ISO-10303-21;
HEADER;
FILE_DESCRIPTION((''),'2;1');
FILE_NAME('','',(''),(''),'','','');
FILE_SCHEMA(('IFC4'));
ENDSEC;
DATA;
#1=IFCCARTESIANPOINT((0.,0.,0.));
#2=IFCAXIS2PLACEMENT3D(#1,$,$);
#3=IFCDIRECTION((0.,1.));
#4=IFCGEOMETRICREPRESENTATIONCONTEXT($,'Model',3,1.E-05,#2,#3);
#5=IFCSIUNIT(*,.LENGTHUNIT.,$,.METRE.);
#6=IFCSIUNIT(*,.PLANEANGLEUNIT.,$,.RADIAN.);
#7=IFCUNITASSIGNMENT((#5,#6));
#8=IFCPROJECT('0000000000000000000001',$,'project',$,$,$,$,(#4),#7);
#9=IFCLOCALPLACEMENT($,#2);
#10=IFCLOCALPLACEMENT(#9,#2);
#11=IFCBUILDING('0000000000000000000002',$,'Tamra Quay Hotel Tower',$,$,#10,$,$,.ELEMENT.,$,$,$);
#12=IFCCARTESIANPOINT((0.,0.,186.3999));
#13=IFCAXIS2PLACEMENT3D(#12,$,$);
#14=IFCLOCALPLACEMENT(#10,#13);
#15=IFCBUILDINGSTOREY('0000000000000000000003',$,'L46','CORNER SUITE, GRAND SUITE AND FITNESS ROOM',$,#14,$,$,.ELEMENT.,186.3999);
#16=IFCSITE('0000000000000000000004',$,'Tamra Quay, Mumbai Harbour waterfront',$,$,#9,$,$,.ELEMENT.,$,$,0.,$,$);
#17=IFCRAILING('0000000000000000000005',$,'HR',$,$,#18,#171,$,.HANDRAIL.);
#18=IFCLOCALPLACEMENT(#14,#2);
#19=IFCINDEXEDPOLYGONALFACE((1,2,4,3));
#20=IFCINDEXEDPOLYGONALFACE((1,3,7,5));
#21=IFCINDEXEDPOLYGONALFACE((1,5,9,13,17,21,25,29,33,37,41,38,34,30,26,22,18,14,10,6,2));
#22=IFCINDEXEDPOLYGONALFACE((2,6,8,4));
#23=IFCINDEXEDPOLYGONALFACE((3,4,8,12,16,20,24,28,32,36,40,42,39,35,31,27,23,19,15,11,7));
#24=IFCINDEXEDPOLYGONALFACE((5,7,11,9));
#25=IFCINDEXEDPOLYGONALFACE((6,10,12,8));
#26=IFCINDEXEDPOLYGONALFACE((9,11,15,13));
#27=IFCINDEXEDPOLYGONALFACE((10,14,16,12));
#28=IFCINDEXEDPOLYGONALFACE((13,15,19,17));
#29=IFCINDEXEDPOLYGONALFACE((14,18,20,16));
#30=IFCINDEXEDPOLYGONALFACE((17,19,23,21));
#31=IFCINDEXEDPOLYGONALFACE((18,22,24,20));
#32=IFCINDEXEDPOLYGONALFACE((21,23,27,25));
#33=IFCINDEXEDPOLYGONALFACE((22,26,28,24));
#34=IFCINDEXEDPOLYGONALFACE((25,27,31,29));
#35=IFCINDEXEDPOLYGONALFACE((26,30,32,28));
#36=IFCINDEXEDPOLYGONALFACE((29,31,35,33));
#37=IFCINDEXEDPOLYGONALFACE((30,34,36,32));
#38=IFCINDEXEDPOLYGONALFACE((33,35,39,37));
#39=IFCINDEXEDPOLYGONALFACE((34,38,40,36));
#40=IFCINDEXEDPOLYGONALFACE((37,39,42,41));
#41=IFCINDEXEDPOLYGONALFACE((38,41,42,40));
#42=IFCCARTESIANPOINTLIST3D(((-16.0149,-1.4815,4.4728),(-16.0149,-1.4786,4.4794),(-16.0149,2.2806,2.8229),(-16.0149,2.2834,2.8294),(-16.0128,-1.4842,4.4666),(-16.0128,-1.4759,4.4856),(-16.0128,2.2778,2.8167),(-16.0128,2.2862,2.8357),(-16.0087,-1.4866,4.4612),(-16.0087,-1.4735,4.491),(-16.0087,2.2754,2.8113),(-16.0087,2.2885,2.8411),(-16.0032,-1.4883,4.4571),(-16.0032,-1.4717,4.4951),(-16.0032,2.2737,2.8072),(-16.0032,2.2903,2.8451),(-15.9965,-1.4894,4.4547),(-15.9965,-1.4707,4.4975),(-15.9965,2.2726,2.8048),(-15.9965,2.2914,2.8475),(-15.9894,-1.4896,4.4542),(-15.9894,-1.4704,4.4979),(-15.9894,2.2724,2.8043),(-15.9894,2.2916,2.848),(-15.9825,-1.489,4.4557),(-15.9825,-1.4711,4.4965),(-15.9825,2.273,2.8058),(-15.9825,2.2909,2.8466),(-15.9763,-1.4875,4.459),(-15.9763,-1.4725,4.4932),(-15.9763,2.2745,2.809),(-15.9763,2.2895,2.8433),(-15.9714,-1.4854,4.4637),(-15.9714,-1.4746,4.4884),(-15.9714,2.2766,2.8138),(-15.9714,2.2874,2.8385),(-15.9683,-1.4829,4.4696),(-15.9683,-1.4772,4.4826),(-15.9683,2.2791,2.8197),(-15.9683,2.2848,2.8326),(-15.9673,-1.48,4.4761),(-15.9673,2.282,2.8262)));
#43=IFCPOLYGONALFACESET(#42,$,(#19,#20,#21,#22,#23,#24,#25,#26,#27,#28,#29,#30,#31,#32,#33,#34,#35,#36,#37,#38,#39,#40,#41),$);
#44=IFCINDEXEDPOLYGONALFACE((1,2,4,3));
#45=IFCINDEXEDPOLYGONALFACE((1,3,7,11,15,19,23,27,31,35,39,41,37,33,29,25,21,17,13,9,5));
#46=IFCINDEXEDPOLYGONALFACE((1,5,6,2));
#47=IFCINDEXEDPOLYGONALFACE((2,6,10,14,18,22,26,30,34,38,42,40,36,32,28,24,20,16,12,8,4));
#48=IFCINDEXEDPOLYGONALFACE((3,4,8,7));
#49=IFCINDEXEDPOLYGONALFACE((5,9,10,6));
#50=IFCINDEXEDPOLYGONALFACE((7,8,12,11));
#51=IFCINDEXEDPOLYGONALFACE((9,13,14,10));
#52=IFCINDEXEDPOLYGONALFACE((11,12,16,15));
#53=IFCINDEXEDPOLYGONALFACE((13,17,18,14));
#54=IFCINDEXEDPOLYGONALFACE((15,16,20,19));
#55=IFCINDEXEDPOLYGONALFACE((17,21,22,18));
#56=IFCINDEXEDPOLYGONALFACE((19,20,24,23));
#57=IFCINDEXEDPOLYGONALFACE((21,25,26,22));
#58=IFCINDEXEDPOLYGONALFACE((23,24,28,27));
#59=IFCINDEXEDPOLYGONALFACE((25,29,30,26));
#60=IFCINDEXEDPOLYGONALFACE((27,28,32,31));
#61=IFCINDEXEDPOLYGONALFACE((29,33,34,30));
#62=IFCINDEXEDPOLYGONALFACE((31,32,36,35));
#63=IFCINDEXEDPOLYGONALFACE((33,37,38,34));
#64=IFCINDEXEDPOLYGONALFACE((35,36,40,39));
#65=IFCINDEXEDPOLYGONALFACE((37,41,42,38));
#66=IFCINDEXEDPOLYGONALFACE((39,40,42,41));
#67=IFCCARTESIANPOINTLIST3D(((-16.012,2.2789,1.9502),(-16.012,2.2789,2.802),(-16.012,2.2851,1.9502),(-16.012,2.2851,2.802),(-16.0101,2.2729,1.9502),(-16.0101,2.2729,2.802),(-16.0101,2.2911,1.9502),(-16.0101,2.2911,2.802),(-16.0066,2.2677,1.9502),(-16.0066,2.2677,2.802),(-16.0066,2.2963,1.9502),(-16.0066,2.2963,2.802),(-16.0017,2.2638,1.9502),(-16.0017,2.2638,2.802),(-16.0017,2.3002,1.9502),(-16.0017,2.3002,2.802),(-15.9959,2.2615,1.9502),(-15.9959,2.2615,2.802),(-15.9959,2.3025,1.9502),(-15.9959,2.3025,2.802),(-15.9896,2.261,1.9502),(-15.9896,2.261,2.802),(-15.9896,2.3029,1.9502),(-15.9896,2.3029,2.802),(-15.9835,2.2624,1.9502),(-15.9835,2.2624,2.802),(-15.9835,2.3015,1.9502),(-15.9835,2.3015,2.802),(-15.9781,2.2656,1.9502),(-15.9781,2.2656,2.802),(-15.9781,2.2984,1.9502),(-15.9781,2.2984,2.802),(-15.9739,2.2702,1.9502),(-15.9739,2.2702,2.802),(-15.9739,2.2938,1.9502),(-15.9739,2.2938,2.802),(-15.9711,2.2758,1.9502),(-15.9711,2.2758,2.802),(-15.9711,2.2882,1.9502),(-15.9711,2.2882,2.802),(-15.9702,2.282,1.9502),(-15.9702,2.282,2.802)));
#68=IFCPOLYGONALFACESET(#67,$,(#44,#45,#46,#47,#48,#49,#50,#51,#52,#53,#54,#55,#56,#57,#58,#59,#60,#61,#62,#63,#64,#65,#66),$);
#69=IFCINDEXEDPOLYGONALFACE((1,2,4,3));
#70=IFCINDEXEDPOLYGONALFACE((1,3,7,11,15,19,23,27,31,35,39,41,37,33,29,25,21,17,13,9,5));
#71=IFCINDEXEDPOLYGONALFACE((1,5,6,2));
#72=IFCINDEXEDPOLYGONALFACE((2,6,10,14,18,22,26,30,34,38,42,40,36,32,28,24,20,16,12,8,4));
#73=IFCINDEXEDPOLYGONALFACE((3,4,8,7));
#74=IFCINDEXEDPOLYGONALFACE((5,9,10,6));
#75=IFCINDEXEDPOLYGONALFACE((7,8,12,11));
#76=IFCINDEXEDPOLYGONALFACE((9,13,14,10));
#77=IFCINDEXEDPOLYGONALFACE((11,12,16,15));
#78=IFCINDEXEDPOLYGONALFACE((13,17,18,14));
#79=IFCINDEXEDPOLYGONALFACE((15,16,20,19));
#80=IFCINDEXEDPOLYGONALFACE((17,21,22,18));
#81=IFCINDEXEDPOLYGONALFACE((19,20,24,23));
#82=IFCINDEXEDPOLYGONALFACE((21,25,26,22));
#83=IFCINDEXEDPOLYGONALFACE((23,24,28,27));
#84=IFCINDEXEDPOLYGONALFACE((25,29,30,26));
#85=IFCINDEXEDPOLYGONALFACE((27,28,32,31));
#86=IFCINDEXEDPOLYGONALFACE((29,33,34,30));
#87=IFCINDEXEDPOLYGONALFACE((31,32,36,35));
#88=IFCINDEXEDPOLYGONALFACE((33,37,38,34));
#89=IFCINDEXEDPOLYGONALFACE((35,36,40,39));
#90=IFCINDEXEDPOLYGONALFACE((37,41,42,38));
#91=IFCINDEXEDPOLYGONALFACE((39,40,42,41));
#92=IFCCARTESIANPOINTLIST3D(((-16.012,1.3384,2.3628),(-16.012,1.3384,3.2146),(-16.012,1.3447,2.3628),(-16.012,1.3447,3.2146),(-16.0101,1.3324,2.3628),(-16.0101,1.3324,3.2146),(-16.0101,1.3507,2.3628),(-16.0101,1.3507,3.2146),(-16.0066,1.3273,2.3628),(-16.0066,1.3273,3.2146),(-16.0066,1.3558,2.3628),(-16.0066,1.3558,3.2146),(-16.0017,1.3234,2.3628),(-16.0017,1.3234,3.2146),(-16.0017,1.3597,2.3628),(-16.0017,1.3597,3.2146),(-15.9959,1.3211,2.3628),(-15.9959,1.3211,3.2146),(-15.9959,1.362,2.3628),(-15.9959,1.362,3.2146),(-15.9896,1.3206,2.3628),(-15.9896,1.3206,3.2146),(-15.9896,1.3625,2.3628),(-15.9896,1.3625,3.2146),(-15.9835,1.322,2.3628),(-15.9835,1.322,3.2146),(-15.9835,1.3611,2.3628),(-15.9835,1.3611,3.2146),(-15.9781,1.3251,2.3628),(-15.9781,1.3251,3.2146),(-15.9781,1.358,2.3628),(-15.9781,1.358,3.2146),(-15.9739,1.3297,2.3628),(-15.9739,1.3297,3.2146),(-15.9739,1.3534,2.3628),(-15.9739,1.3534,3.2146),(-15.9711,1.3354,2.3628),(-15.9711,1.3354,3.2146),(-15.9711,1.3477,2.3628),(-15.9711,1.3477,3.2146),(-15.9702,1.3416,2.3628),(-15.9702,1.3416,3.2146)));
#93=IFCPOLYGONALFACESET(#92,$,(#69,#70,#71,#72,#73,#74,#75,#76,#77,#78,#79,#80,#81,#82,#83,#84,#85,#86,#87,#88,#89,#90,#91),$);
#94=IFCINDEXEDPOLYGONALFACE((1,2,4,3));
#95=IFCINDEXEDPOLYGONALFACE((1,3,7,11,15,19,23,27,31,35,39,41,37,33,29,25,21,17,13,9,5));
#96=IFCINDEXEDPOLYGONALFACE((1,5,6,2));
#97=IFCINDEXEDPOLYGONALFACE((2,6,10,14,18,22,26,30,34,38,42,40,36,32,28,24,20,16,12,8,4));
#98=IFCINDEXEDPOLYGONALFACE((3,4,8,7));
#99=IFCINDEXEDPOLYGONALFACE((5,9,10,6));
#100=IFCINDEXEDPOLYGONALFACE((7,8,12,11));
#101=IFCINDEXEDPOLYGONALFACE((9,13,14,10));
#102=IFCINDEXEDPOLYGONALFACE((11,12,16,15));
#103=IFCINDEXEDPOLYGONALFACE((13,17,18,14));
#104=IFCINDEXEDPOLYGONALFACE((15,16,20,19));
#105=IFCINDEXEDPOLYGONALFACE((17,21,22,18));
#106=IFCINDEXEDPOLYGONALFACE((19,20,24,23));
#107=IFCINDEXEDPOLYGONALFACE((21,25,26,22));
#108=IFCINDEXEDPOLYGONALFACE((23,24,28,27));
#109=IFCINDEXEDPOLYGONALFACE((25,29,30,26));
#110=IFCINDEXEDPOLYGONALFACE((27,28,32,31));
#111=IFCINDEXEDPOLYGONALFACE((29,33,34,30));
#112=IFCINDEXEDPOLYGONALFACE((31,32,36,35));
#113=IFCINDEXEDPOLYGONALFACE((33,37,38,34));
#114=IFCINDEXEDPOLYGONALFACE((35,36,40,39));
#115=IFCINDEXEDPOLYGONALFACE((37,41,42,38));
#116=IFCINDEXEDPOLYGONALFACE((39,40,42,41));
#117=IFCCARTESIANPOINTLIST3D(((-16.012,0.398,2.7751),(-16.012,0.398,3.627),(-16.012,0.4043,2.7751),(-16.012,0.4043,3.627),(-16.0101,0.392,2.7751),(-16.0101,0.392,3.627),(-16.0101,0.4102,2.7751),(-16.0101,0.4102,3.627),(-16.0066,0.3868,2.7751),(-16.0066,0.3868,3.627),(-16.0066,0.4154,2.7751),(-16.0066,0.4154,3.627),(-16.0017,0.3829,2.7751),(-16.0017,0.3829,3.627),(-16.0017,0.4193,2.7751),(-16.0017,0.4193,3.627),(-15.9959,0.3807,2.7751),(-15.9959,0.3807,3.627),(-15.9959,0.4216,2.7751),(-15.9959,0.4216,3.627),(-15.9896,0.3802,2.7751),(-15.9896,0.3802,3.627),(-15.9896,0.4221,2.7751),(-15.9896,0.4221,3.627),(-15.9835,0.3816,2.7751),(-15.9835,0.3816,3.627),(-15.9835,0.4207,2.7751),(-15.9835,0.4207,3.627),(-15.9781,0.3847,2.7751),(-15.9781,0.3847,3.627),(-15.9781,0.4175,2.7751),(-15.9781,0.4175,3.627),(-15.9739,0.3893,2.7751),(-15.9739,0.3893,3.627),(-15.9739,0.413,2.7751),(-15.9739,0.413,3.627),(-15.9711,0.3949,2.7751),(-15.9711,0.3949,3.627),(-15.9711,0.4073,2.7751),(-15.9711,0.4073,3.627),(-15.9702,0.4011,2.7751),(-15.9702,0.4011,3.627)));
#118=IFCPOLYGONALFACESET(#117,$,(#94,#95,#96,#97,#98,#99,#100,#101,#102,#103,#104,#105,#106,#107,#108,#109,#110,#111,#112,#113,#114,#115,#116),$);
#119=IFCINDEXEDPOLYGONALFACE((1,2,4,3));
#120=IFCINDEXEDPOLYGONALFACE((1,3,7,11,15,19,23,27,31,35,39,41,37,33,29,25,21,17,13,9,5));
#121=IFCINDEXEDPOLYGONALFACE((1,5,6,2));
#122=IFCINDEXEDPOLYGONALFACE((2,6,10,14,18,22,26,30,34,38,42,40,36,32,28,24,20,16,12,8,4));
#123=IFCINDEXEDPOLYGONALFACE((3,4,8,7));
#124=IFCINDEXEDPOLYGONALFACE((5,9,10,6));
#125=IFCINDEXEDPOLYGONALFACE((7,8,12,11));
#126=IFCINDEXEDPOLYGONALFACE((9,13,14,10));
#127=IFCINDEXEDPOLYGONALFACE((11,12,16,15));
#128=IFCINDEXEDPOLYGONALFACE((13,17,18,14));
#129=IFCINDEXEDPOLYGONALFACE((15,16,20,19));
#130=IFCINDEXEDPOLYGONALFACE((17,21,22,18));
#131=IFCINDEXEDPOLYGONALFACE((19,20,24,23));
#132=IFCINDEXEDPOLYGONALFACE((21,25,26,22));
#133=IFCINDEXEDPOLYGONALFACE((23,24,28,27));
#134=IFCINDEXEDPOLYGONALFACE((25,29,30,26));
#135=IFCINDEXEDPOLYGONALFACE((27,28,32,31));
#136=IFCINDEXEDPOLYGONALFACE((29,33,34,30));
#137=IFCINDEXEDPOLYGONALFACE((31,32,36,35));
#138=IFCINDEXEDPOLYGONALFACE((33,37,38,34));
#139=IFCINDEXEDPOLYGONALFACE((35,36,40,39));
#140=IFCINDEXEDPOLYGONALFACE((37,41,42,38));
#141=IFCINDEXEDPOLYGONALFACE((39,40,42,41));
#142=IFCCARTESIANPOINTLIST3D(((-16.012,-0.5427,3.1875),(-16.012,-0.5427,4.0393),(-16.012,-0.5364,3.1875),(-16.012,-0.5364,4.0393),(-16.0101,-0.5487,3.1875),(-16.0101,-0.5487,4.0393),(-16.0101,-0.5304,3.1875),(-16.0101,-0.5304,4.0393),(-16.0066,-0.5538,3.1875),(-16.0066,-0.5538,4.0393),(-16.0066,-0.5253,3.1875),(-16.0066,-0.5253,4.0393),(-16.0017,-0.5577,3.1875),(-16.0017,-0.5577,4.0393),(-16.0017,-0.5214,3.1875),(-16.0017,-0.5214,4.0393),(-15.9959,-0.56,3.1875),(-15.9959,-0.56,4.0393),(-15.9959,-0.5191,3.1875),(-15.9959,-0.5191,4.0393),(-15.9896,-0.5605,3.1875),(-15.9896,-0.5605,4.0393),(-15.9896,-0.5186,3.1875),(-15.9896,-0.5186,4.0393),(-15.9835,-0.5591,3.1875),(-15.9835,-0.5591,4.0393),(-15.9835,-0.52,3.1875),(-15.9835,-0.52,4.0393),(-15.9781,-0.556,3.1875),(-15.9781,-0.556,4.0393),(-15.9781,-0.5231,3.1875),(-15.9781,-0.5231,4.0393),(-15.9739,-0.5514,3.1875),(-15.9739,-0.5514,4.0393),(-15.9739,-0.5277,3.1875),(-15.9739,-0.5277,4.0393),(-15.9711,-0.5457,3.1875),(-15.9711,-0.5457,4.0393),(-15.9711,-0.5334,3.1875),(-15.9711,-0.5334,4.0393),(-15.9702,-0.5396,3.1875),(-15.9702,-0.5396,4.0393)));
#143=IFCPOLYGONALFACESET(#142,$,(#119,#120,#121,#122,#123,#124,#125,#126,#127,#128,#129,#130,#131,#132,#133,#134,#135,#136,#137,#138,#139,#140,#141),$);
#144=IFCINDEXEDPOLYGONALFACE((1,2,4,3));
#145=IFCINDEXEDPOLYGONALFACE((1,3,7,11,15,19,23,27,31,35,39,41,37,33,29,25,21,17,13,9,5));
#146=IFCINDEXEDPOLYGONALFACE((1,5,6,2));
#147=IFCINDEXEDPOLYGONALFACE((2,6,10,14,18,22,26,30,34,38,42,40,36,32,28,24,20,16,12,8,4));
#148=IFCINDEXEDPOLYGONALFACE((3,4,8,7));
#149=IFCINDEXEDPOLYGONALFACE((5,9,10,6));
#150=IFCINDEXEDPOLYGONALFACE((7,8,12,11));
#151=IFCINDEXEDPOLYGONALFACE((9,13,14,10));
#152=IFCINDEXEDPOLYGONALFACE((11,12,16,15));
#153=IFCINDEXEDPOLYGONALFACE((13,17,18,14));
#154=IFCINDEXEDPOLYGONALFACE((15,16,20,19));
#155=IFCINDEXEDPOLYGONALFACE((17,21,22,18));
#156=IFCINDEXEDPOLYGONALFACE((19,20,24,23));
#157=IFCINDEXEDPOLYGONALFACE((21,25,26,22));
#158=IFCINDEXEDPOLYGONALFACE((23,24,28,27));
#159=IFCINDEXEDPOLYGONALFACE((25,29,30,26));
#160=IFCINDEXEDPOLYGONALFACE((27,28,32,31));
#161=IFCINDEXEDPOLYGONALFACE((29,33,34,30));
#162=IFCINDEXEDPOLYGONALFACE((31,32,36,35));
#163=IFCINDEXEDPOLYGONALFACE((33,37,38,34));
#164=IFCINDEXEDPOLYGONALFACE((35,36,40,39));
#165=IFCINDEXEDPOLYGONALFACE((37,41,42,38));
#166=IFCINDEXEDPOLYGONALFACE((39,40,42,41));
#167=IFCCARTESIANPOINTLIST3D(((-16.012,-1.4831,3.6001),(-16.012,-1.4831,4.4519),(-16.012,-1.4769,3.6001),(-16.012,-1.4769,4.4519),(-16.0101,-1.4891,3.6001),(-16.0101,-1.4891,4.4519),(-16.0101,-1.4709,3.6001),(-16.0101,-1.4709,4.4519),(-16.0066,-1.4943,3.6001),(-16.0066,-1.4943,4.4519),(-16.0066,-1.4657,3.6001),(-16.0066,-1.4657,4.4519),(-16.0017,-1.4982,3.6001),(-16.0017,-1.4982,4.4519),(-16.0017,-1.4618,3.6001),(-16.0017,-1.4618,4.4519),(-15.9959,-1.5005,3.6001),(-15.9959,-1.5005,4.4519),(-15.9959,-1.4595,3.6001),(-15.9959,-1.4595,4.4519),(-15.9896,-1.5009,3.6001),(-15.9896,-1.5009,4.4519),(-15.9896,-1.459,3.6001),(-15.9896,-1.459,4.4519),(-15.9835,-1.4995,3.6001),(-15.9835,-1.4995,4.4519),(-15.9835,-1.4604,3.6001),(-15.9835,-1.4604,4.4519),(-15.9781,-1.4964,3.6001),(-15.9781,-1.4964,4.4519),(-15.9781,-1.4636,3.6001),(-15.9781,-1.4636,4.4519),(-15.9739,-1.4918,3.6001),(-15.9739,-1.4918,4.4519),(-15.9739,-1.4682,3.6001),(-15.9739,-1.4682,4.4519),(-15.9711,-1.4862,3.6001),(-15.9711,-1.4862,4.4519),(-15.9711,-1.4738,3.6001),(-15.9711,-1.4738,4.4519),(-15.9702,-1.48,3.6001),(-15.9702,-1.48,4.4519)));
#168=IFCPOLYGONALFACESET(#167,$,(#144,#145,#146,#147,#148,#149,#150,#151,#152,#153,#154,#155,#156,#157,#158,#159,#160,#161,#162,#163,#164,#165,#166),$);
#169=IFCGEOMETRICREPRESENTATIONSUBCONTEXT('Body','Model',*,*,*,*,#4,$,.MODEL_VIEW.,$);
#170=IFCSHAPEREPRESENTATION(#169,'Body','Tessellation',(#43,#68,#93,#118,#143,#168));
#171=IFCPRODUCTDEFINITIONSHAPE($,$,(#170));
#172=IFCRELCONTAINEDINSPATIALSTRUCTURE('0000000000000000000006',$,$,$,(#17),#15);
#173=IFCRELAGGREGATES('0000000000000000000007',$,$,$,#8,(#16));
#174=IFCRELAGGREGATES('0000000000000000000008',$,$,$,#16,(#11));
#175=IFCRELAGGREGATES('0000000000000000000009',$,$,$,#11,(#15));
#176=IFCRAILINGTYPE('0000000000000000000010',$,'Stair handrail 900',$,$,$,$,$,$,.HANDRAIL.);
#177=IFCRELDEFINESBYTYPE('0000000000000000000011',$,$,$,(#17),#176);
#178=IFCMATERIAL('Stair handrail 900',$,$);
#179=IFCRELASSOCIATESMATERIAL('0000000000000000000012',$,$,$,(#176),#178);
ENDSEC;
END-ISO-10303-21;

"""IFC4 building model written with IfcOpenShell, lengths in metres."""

from ifc_helpers import new_model, si_unit, direction, frame, origin, origin_2d, place, context, subcontext, project, spatial, circle, extrude, material, type_object, element, save


model = new_model("IFC4")

# Units and contexts
model_context = context("Model", 3, precision=1e-05, world=origin(), true_north=direction((0.0, 1.0)))
body_context = subcontext(model_context, "Body", "Model", "MODEL_VIEW")
ifc_project = project(units=[si_unit("LENGTHUNIT", "METRE"), si_unit("PLANEANGLEUNIT", "RADIAN")], contexts=[model_context])

# Site, building, storey
site_placement = place(None, origin())
site = spatial("IfcSite", under=ifc_project, at=site_placement, Name="Tamra Quay, Mumbai Harbour waterfront", CompositionType="ELEMENT", RefElevation=0.0)
building_placement = place(site_placement, origin())
building = spatial("IfcBuilding", under=site, at=building_placement, Name="Tamra Quay Hotel Tower", CompositionType="ELEMENT")
storey_placement = place(building_placement, frame((0.0, 0.0, 186.3999)))
storey = spatial("IfcBuildingStorey", under=building, at=storey_placement, Name="L46", Description="CORNER SUITE, GRAND SUITE AND FITNESS ROOM", CompositionType="ELEMENT", Elevation=186.3999)

# Railing
ifc_material_1 = material(Name="Stair handrail 900")
railing_type = type_object("IfcRailingType", Name="Stair handrail 900", PredefinedType="HANDRAIL", material=ifc_material_1)
railing_placement = place(storey_placement, frame((-15.9912, 2.282, 1.9502)))
element("IfcRailing", 1, at=railing_placement, inside=storey, type_object=railing_type, Name="HR", PredefinedType="HANDRAIL", context=body_context, shape_type="SweptSolid", body=[
    extrude(circle(Radius=0.0239, at=origin_2d()), frame((0.0, 0.0, 0.876), z_axis=(0.0, -0.915795, 0.401645), x_axis=(1.0, 0.0, 0.0)), (0.0, 0.0, 1.0), 4.1079),
    extrude(circle(Radius=0.021, at=origin_2d()), origin(), (0.0, 0.0, 1.0), 0.8518),
    extrude(circle(Radius=0.021, at=origin_2d()), frame((0.0, -0.9404, 0.4126)), (0.0, 0.0, 1.0), 0.8518),
    extrude(circle(Radius=0.021, at=origin_2d()), frame((0.0, -1.8809, 0.825)), (0.0, 0.0, 1.0), 0.8518),
    extrude(circle(Radius=0.021, at=origin_2d()), frame((0.0, -2.8215, 1.2373)), (0.0, 0.0, 1.0), 0.8518),
    extrude(circle(Radius=0.021, at=origin_2d()), frame((0.0, -3.762, 1.6499)), (0.0, 0.0, 1.0), 0.8518),
])

save(model, "model.ifc")
